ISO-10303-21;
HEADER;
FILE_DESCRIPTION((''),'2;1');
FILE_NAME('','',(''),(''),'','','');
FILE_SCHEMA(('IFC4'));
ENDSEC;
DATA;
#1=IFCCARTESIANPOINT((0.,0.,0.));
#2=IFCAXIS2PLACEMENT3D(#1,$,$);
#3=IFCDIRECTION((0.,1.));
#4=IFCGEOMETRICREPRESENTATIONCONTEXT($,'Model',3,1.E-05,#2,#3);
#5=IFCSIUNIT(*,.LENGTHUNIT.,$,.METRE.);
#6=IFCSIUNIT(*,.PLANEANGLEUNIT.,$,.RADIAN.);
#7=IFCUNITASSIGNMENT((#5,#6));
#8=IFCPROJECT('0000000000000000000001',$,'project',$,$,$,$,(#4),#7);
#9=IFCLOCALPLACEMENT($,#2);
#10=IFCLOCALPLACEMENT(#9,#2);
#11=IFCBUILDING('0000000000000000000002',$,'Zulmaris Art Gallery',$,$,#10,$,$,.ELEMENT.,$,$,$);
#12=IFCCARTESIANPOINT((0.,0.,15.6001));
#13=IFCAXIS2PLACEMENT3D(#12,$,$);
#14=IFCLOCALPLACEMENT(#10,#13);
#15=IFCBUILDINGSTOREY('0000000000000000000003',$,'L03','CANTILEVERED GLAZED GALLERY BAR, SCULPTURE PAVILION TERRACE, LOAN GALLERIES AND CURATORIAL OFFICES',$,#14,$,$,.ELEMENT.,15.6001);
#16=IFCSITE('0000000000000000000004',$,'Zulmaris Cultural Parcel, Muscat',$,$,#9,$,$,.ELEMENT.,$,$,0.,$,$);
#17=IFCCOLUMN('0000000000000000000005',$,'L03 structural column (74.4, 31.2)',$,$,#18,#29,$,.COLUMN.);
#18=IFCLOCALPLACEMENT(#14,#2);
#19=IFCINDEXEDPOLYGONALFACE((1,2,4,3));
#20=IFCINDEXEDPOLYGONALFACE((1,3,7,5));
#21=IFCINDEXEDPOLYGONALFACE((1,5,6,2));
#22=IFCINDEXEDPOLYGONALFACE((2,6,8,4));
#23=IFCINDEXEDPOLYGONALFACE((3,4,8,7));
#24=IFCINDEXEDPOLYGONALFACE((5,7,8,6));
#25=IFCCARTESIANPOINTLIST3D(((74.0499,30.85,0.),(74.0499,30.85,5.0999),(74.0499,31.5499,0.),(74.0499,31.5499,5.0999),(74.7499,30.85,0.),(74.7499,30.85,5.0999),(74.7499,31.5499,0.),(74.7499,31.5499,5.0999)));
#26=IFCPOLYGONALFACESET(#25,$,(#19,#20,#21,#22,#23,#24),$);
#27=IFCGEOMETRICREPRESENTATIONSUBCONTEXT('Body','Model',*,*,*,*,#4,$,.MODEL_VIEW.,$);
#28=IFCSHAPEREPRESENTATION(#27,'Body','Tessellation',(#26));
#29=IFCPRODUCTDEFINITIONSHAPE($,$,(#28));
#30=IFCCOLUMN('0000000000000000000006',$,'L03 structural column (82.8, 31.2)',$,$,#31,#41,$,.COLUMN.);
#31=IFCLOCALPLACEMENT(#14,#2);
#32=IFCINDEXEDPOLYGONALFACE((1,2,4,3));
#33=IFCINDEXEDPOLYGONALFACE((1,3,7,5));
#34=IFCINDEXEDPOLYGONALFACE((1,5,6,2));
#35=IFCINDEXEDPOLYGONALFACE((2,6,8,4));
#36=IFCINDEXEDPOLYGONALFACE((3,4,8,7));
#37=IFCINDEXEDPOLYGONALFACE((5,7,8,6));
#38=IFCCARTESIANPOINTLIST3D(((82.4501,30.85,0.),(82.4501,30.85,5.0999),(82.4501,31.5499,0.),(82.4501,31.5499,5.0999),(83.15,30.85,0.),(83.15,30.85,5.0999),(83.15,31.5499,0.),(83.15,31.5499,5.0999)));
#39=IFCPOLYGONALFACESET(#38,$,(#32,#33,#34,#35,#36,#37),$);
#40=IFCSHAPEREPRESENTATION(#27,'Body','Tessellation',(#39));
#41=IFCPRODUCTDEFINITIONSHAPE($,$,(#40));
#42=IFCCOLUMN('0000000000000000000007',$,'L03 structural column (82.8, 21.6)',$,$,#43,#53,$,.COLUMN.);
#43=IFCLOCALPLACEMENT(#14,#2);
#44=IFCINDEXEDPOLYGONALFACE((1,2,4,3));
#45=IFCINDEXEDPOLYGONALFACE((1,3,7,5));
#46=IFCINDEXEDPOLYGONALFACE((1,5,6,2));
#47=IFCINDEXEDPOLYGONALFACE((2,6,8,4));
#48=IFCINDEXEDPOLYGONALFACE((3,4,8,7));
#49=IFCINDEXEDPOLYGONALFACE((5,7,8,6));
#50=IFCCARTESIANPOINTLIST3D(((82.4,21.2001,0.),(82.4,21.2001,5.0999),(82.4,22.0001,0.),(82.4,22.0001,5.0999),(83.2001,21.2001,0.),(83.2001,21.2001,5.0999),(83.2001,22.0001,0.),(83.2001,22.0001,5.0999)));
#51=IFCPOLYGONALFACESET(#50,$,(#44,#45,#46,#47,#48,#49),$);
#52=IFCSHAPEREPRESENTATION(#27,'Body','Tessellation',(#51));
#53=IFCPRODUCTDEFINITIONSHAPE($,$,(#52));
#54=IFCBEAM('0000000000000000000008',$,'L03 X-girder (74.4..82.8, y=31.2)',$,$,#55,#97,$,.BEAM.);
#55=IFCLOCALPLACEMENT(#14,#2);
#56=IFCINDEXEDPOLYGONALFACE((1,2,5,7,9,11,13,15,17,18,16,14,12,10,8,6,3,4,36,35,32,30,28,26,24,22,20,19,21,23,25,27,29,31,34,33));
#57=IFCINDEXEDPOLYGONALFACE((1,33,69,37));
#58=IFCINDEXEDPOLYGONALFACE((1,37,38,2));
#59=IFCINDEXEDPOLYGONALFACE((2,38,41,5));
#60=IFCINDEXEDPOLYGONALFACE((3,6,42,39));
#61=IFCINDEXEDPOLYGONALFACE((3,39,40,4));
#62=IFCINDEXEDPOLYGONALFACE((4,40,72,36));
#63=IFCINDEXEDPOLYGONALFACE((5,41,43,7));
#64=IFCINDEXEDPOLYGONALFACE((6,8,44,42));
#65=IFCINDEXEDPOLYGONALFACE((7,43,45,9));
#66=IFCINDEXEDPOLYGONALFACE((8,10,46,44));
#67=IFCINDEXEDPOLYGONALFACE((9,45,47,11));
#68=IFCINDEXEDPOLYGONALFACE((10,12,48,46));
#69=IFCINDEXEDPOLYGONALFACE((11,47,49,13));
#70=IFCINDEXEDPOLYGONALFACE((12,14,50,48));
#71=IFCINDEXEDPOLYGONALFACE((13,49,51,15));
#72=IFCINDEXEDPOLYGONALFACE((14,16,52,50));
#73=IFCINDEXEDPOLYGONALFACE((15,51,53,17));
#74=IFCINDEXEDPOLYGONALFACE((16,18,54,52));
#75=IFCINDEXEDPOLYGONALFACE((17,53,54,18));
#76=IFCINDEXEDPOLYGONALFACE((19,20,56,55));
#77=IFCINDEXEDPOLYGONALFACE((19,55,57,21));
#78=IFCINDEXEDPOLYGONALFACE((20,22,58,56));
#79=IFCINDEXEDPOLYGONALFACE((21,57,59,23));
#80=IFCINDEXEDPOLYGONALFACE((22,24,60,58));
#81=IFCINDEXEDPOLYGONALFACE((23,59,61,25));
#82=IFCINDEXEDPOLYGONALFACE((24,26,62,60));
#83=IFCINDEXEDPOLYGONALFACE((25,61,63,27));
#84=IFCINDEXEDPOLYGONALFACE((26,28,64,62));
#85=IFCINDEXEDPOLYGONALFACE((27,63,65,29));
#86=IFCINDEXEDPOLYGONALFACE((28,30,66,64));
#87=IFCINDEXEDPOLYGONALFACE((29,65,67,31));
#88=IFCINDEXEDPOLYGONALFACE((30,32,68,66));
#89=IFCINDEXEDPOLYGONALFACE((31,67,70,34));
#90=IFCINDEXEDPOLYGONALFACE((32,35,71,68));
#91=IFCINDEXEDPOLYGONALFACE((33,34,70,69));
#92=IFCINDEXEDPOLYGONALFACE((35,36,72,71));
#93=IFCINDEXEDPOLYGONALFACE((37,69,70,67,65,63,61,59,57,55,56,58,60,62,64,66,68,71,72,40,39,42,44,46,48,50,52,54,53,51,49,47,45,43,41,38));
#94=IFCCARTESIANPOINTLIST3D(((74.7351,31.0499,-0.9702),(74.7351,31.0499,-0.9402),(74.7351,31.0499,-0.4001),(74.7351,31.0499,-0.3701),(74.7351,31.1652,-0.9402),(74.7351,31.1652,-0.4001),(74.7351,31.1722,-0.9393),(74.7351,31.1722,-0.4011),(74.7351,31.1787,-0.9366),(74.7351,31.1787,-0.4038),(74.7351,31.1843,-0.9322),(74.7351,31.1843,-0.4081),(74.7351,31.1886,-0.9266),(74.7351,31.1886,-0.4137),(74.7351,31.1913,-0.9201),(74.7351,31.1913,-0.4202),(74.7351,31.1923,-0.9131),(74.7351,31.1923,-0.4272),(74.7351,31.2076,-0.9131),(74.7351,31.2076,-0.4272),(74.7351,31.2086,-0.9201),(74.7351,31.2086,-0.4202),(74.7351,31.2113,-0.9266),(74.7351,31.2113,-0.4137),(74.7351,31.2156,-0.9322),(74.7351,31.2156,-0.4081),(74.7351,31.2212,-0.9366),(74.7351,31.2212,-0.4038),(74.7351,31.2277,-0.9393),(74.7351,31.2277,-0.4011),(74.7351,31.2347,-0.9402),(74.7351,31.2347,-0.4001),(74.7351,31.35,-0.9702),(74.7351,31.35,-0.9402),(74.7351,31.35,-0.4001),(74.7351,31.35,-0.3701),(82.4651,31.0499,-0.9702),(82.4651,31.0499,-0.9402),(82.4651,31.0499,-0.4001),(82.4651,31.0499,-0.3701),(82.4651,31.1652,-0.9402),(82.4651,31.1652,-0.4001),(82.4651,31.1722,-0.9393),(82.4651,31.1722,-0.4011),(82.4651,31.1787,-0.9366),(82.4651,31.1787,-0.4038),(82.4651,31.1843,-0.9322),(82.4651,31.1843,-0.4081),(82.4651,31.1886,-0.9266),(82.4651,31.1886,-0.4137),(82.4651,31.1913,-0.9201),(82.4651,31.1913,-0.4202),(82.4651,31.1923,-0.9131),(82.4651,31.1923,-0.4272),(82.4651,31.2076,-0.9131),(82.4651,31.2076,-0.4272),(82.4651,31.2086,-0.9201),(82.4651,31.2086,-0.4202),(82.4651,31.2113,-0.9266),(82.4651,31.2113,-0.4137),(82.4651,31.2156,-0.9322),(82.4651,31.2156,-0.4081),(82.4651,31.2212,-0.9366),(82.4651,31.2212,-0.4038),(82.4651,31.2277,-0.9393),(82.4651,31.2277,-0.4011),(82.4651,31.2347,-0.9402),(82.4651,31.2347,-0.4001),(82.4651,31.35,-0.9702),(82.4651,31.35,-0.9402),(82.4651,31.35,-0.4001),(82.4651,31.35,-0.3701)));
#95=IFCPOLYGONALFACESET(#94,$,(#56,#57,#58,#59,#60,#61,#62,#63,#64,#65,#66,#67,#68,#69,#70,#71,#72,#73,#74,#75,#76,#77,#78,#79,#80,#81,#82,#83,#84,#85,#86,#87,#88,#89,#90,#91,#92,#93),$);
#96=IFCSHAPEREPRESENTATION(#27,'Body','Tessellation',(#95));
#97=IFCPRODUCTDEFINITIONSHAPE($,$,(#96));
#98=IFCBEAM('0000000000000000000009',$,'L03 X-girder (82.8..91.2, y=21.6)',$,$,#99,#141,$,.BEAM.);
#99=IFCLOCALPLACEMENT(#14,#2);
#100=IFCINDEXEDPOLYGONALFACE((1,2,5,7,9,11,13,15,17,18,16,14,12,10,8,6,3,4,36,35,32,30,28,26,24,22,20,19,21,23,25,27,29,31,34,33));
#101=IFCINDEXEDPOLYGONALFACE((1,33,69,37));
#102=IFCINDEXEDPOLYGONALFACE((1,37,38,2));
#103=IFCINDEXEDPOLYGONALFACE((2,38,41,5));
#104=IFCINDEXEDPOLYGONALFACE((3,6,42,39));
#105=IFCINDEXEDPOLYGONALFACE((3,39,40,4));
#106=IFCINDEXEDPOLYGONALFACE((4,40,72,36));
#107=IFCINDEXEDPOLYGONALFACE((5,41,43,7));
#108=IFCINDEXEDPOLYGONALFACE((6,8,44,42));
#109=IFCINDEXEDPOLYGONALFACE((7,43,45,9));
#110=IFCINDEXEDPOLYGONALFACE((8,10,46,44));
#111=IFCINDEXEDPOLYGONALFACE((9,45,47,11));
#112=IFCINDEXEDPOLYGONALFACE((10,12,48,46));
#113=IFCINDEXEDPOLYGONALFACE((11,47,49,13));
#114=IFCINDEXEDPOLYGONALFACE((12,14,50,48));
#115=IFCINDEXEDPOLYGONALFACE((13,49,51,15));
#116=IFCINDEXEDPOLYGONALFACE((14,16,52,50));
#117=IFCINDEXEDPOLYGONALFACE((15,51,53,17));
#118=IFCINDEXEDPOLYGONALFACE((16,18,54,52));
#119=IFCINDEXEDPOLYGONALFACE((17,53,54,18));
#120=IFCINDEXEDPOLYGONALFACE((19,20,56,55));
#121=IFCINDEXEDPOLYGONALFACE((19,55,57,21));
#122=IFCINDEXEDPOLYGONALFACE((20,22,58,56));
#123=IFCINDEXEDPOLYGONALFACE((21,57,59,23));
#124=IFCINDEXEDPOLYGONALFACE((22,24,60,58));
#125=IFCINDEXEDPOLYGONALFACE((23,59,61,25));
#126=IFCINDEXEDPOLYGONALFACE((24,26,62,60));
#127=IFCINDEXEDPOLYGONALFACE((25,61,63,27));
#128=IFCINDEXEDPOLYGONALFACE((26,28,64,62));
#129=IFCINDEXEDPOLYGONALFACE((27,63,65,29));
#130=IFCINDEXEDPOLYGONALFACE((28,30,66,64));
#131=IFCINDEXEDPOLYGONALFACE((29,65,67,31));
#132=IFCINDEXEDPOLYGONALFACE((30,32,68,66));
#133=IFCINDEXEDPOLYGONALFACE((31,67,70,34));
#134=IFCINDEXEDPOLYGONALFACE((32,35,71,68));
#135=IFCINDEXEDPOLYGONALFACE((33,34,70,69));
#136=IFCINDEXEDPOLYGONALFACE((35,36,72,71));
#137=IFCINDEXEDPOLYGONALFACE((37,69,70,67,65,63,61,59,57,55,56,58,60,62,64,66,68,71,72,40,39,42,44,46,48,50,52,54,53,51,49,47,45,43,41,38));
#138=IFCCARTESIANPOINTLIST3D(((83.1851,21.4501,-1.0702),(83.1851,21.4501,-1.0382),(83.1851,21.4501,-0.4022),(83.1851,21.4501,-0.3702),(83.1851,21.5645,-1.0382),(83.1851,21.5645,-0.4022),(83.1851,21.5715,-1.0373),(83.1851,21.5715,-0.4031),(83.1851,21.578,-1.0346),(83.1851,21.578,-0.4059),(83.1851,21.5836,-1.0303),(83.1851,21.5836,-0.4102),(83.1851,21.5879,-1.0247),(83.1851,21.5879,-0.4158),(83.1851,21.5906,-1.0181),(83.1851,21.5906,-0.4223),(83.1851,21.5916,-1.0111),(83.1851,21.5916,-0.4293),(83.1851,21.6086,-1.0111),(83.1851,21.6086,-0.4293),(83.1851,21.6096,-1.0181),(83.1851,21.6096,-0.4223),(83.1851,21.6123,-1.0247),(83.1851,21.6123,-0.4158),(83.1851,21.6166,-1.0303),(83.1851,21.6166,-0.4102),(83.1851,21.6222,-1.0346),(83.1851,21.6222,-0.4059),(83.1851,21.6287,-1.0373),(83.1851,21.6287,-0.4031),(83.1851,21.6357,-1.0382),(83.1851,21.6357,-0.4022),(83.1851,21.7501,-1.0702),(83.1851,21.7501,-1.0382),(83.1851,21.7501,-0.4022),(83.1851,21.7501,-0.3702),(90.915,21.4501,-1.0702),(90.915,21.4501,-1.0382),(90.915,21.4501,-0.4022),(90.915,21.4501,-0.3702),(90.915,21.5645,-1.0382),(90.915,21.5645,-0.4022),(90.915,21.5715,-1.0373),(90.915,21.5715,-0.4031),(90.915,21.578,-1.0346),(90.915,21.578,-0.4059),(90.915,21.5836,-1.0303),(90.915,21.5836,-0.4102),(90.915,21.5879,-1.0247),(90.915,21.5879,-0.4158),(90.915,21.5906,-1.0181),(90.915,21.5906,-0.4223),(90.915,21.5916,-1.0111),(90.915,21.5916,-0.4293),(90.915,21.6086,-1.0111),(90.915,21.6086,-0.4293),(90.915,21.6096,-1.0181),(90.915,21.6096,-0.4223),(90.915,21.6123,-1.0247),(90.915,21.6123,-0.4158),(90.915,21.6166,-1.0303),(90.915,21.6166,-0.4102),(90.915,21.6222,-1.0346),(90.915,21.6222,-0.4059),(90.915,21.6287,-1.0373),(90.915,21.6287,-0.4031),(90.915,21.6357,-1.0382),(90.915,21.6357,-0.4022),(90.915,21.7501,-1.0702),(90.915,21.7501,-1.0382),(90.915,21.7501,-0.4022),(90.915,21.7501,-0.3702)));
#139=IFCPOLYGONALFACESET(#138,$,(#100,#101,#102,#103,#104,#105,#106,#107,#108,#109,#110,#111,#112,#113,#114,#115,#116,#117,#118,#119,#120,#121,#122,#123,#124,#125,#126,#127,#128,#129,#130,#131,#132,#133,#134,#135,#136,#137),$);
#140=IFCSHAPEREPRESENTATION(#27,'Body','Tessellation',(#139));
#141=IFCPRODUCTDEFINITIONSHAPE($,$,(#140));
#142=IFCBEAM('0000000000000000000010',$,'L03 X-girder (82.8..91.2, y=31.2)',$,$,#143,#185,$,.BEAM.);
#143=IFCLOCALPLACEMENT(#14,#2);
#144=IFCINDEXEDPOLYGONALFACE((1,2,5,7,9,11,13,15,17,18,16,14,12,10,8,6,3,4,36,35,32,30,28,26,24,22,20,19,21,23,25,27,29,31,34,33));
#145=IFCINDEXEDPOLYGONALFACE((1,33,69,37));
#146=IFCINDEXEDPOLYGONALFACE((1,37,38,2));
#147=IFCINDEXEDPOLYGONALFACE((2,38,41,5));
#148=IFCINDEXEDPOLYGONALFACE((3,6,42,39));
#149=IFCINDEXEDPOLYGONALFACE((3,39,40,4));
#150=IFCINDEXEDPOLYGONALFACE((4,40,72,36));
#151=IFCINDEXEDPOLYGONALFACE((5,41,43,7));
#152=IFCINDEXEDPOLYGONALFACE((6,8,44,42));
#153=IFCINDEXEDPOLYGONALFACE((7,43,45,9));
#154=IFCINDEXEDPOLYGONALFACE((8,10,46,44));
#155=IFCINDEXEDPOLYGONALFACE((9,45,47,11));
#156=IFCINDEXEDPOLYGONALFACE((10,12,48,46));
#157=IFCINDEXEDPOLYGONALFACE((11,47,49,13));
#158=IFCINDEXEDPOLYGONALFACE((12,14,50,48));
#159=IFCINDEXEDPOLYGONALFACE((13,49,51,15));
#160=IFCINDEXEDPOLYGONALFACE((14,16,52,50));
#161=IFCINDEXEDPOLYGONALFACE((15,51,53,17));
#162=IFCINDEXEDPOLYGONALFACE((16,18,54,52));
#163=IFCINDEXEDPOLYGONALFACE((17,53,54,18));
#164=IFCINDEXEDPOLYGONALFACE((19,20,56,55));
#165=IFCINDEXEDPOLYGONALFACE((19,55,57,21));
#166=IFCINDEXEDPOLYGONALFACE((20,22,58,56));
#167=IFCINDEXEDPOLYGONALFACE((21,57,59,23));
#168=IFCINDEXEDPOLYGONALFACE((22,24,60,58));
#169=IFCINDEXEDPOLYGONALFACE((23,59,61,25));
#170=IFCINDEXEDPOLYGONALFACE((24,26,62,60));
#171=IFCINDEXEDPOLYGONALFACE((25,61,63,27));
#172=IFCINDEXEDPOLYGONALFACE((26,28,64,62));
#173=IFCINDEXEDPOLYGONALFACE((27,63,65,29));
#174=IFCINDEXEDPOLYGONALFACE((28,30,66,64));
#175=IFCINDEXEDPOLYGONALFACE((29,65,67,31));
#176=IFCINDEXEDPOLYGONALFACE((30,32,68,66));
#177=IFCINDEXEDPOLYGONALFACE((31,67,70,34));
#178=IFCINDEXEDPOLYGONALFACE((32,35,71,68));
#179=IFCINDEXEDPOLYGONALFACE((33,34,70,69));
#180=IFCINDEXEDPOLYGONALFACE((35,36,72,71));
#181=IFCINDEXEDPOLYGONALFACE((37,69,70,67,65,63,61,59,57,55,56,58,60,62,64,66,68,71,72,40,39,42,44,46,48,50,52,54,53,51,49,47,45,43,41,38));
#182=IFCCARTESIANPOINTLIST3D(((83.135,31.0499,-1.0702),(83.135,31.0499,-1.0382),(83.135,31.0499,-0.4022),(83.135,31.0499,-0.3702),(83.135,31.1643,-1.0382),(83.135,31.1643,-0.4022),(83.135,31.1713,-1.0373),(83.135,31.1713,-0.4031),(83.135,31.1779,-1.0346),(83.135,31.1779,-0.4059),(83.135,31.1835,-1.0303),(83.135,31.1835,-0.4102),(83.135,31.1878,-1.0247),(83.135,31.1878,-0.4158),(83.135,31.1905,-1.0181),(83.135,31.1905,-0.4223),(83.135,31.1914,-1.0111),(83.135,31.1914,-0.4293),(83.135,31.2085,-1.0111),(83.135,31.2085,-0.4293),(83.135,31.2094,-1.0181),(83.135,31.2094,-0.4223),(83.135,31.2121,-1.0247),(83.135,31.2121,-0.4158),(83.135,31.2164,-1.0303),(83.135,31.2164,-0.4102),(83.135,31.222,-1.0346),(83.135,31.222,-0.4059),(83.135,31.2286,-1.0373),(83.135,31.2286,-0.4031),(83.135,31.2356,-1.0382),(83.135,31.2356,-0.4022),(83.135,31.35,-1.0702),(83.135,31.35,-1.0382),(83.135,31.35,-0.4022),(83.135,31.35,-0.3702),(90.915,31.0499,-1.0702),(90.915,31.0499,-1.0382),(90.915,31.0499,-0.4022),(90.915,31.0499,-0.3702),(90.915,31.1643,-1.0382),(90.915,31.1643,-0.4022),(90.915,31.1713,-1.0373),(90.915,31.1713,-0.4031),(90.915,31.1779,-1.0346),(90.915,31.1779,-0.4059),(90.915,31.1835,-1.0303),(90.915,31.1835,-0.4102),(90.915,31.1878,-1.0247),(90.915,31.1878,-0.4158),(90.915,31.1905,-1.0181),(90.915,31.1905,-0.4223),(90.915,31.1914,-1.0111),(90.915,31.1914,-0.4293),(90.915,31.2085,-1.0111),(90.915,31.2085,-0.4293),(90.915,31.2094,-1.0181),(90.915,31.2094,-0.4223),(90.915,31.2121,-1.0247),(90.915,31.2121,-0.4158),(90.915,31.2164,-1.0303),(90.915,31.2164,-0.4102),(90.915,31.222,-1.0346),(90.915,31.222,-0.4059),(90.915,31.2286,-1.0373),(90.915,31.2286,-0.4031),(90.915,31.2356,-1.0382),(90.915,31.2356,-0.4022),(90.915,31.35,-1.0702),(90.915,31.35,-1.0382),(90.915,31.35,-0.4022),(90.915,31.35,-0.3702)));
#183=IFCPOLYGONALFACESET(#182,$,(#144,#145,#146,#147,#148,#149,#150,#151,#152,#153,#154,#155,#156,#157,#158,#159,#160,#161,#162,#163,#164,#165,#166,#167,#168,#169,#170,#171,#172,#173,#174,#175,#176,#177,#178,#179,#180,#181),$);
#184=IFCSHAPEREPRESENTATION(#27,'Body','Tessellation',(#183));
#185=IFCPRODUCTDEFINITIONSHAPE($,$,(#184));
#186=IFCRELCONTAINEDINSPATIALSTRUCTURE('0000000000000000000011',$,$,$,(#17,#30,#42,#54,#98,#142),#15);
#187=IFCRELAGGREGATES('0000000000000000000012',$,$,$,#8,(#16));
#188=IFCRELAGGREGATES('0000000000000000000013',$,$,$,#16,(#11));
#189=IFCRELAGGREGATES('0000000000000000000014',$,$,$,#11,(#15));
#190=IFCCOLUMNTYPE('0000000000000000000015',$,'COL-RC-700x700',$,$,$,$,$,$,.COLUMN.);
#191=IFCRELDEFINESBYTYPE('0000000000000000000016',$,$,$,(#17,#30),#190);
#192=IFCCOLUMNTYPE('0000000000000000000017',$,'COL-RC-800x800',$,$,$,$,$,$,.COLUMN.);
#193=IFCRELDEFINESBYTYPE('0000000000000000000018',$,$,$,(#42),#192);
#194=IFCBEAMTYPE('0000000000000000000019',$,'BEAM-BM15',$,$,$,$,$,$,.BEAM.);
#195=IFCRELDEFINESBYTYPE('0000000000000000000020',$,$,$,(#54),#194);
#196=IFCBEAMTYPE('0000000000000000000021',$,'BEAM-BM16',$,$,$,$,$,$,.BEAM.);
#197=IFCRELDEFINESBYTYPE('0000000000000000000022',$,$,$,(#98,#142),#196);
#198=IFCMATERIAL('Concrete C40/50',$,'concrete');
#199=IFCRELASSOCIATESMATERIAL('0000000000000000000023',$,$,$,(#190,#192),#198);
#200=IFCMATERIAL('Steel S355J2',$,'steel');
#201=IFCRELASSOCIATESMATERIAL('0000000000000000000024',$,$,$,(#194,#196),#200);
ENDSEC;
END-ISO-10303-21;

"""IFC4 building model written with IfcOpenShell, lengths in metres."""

from ifc_helpers import new_model, si_unit, direction, frame, origin, origin_2d, place, context, subcontext, project, spatial, rectangle, i_section, extrude, material, material_profile, profile_set, type_object, element, save


model = new_model("IFC4")

# Units and contexts
model_context = context("Model", 3, precision=1e-05, world=origin(), true_north=direction((0.0, 1.0)))
body_context = subcontext(model_context, "Body", "Model", "MODEL_VIEW")
ifc_project = project(units=[si_unit("LENGTHUNIT", "METRE"), si_unit("PLANEANGLEUNIT", "RADIAN")], contexts=[model_context])

# Site, building, storey
site_placement = place(None, origin())
site = spatial("IfcSite", under=ifc_project, at=site_placement, Name="Zulmaris Cultural Parcel, Muscat", CompositionType="ELEMENT", RefElevation=0.0)
building_placement = place(site_placement, origin())
building = spatial("IfcBuilding", under=site, at=building_placement, Name="Zulmaris Art Gallery", CompositionType="ELEMENT")
storey_placement = place(building_placement, frame((0.0, 0.0, 15.6001)))
storey = spatial("IfcBuildingStorey", under=building, at=storey_placement, Name="L03", Description="CANTILEVERED GLAZED GALLERY BAR, SCULPTURE PAVILION TERRACE, LOAN GALLERIES AND CURATORIAL OFFICES", CompositionType="ELEMENT", Elevation=15.6001)

# Columns
ifc_material_1 = material(Name="Concrete C40/50", Category="concrete")
ifc_material_profile_1 = material_profile(ifc_material_1, rectangle(XDim=0.7, YDim=0.7, at=origin_2d()), Name="RC 700x700")
ifc_profile_set_1 = profile_set([ifc_material_profile_1], Name="Concrete C40/50")
column_type_1 = type_object("IfcColumnType", Name="COL-RC-700x700", PredefinedType="COLUMN", material=ifc_profile_set_1)
for number, where, z_axis, x_axis, name in (
    (1, (74.3999, 31.2, 0.0), (0.0, 0.0, 1.0), (1.0, 0.0, 0.0), "L03 structural column (74.4, 31.2)"),
    (2, (82.8, 31.2, 0.0), (0.0, 0.0, 1.0), (1.0, 0.0, 0.0), "L03 structural column (82.8, 31.2)"),
):
    element("IfcColumn", number, at=place(storey_placement, frame(where, z_axis=z_axis, x_axis=x_axis)), inside=storey, type_object=column_type_1, Name=name, PredefinedType="COLUMN", context=body_context, shape_type="SweptSolid", body=[
        extrude(rectangle(XDim=0.7, YDim=0.7, at=origin_2d()), origin(), (0.0, 0.0, 1.0), 5.0999),
    ])
ifc_material_profile_2 = material_profile(ifc_material_1, rectangle(XDim=0.8, YDim=0.8, at=origin_2d()), Name="RC 800x800")
ifc_profile_set_2 = profile_set([ifc_material_profile_2], Name="Concrete C40/50")
column_type_2 = type_object("IfcColumnType", Name="COL-RC-800x800", PredefinedType="COLUMN", material=ifc_profile_set_2)
column_placement = place(storey_placement, frame((82.8, 21.6001, 0.0), z_axis=(0.0, 0.0, 1.0), x_axis=(1.0, 0.0, 0.0)))
element("IfcColumn", 3, at=column_placement, inside=storey, type_object=column_type_2, Name="L03 structural column (82.8, 21.6)", PredefinedType="COLUMN", context=body_context, shape_type="SweptSolid", body=[
    extrude(rectangle(XDim=0.8, YDim=0.8, at=origin_2d()), origin(), (0.0, 0.0, 1.0), 5.0999),
])

# Beams
ifc_material_2 = material(Name="Steel S355J2", Category="steel")
ifc_material_profile_3 = material_profile(ifc_material_2, i_section(OverallWidth=0.3, OverallDepth=0.6001, WebThickness=0.0154, FlangeThickness=0.03, FilletRadius=0.0271, at=origin_2d()), Name="HEB 600")
ifc_profile_set_3 = profile_set([ifc_material_profile_3], Name="Steel S355J2")
beam_type_1 = type_object("IfcBeamType", Name="BEAM-BM15", PredefinedType="BEAM", material=ifc_profile_set_3)
beam_1_placement = place(storey_placement, frame((74.7351, 31.2, -0.6702), z_axis=(1.0, 0.0, 0.0), x_axis=(0.0, 1.0, 0.0)))
element("IfcBeam", 4, at=beam_1_placement, inside=storey, type_object=beam_type_1, Name="L03 X-girder (74.4..82.8, y=31.2)", PredefinedType="BEAM", context=body_context, shape_type="SweptSolid", body=[
    extrude(i_section(OverallWidth=0.3, OverallDepth=0.6001, WebThickness=0.0154, FlangeThickness=0.03, FilletRadius=0.0271, at=origin_2d()), origin(), (0.0, 0.0, 1.0), 7.73),
])
ifc_material_profile_4 = material_profile(ifc_material_2, i_section(OverallWidth=0.3, OverallDepth=0.7, WebThickness=0.0171, FlangeThickness=0.032, FilletRadius=0.0271, at=origin_2d()), Name="HEB 700")
ifc_profile_set_4 = profile_set([ifc_material_profile_4], Name="Steel S355J2")
beam_type_2 = type_object("IfcBeamType", Name="BEAM-BM16", PredefinedType="BEAM", material=ifc_profile_set_4)
beam_2_placement = place(storey_placement, frame((83.1851, 21.6001, -0.7202), z_axis=(1.0, 0.0, 0.0), x_axis=(0.0, 1.0, 0.0)))
element("IfcBeam", 5, at=beam_2_placement, inside=storey, type_object=beam_type_2, Name="L03 X-girder (82.8..91.2, y=21.6)", PredefinedType="BEAM", context=body_context, shape_type="SweptSolid", body=[
    extrude(i_section(OverallWidth=0.3, OverallDepth=0.7, WebThickness=0.0171, FlangeThickness=0.032, FilletRadius=0.0271, at=origin_2d()), origin(), (0.0, 0.0, 1.0), 7.73),
])
beam_3_placement = place(storey_placement, frame((83.135, 31.2, -0.7202), z_axis=(1.0, 0.0, 0.0), x_axis=(0.0, 1.0, 0.0)))
element("IfcBeam", 6, at=beam_3_placement, inside=storey, type_object=beam_type_2, Name="L03 X-girder (82.8..91.2, y=31.2)", PredefinedType="BEAM", context=body_context, shape_type="SweptSolid", body=[
    extrude(i_section(OverallWidth=0.3, OverallDepth=0.7, WebThickness=0.0171, FlangeThickness=0.032, FilletRadius=0.0271, at=origin_2d()), origin(), (0.0, 0.0, 1.0), 7.78),
])

save(model, "model.ifc")
